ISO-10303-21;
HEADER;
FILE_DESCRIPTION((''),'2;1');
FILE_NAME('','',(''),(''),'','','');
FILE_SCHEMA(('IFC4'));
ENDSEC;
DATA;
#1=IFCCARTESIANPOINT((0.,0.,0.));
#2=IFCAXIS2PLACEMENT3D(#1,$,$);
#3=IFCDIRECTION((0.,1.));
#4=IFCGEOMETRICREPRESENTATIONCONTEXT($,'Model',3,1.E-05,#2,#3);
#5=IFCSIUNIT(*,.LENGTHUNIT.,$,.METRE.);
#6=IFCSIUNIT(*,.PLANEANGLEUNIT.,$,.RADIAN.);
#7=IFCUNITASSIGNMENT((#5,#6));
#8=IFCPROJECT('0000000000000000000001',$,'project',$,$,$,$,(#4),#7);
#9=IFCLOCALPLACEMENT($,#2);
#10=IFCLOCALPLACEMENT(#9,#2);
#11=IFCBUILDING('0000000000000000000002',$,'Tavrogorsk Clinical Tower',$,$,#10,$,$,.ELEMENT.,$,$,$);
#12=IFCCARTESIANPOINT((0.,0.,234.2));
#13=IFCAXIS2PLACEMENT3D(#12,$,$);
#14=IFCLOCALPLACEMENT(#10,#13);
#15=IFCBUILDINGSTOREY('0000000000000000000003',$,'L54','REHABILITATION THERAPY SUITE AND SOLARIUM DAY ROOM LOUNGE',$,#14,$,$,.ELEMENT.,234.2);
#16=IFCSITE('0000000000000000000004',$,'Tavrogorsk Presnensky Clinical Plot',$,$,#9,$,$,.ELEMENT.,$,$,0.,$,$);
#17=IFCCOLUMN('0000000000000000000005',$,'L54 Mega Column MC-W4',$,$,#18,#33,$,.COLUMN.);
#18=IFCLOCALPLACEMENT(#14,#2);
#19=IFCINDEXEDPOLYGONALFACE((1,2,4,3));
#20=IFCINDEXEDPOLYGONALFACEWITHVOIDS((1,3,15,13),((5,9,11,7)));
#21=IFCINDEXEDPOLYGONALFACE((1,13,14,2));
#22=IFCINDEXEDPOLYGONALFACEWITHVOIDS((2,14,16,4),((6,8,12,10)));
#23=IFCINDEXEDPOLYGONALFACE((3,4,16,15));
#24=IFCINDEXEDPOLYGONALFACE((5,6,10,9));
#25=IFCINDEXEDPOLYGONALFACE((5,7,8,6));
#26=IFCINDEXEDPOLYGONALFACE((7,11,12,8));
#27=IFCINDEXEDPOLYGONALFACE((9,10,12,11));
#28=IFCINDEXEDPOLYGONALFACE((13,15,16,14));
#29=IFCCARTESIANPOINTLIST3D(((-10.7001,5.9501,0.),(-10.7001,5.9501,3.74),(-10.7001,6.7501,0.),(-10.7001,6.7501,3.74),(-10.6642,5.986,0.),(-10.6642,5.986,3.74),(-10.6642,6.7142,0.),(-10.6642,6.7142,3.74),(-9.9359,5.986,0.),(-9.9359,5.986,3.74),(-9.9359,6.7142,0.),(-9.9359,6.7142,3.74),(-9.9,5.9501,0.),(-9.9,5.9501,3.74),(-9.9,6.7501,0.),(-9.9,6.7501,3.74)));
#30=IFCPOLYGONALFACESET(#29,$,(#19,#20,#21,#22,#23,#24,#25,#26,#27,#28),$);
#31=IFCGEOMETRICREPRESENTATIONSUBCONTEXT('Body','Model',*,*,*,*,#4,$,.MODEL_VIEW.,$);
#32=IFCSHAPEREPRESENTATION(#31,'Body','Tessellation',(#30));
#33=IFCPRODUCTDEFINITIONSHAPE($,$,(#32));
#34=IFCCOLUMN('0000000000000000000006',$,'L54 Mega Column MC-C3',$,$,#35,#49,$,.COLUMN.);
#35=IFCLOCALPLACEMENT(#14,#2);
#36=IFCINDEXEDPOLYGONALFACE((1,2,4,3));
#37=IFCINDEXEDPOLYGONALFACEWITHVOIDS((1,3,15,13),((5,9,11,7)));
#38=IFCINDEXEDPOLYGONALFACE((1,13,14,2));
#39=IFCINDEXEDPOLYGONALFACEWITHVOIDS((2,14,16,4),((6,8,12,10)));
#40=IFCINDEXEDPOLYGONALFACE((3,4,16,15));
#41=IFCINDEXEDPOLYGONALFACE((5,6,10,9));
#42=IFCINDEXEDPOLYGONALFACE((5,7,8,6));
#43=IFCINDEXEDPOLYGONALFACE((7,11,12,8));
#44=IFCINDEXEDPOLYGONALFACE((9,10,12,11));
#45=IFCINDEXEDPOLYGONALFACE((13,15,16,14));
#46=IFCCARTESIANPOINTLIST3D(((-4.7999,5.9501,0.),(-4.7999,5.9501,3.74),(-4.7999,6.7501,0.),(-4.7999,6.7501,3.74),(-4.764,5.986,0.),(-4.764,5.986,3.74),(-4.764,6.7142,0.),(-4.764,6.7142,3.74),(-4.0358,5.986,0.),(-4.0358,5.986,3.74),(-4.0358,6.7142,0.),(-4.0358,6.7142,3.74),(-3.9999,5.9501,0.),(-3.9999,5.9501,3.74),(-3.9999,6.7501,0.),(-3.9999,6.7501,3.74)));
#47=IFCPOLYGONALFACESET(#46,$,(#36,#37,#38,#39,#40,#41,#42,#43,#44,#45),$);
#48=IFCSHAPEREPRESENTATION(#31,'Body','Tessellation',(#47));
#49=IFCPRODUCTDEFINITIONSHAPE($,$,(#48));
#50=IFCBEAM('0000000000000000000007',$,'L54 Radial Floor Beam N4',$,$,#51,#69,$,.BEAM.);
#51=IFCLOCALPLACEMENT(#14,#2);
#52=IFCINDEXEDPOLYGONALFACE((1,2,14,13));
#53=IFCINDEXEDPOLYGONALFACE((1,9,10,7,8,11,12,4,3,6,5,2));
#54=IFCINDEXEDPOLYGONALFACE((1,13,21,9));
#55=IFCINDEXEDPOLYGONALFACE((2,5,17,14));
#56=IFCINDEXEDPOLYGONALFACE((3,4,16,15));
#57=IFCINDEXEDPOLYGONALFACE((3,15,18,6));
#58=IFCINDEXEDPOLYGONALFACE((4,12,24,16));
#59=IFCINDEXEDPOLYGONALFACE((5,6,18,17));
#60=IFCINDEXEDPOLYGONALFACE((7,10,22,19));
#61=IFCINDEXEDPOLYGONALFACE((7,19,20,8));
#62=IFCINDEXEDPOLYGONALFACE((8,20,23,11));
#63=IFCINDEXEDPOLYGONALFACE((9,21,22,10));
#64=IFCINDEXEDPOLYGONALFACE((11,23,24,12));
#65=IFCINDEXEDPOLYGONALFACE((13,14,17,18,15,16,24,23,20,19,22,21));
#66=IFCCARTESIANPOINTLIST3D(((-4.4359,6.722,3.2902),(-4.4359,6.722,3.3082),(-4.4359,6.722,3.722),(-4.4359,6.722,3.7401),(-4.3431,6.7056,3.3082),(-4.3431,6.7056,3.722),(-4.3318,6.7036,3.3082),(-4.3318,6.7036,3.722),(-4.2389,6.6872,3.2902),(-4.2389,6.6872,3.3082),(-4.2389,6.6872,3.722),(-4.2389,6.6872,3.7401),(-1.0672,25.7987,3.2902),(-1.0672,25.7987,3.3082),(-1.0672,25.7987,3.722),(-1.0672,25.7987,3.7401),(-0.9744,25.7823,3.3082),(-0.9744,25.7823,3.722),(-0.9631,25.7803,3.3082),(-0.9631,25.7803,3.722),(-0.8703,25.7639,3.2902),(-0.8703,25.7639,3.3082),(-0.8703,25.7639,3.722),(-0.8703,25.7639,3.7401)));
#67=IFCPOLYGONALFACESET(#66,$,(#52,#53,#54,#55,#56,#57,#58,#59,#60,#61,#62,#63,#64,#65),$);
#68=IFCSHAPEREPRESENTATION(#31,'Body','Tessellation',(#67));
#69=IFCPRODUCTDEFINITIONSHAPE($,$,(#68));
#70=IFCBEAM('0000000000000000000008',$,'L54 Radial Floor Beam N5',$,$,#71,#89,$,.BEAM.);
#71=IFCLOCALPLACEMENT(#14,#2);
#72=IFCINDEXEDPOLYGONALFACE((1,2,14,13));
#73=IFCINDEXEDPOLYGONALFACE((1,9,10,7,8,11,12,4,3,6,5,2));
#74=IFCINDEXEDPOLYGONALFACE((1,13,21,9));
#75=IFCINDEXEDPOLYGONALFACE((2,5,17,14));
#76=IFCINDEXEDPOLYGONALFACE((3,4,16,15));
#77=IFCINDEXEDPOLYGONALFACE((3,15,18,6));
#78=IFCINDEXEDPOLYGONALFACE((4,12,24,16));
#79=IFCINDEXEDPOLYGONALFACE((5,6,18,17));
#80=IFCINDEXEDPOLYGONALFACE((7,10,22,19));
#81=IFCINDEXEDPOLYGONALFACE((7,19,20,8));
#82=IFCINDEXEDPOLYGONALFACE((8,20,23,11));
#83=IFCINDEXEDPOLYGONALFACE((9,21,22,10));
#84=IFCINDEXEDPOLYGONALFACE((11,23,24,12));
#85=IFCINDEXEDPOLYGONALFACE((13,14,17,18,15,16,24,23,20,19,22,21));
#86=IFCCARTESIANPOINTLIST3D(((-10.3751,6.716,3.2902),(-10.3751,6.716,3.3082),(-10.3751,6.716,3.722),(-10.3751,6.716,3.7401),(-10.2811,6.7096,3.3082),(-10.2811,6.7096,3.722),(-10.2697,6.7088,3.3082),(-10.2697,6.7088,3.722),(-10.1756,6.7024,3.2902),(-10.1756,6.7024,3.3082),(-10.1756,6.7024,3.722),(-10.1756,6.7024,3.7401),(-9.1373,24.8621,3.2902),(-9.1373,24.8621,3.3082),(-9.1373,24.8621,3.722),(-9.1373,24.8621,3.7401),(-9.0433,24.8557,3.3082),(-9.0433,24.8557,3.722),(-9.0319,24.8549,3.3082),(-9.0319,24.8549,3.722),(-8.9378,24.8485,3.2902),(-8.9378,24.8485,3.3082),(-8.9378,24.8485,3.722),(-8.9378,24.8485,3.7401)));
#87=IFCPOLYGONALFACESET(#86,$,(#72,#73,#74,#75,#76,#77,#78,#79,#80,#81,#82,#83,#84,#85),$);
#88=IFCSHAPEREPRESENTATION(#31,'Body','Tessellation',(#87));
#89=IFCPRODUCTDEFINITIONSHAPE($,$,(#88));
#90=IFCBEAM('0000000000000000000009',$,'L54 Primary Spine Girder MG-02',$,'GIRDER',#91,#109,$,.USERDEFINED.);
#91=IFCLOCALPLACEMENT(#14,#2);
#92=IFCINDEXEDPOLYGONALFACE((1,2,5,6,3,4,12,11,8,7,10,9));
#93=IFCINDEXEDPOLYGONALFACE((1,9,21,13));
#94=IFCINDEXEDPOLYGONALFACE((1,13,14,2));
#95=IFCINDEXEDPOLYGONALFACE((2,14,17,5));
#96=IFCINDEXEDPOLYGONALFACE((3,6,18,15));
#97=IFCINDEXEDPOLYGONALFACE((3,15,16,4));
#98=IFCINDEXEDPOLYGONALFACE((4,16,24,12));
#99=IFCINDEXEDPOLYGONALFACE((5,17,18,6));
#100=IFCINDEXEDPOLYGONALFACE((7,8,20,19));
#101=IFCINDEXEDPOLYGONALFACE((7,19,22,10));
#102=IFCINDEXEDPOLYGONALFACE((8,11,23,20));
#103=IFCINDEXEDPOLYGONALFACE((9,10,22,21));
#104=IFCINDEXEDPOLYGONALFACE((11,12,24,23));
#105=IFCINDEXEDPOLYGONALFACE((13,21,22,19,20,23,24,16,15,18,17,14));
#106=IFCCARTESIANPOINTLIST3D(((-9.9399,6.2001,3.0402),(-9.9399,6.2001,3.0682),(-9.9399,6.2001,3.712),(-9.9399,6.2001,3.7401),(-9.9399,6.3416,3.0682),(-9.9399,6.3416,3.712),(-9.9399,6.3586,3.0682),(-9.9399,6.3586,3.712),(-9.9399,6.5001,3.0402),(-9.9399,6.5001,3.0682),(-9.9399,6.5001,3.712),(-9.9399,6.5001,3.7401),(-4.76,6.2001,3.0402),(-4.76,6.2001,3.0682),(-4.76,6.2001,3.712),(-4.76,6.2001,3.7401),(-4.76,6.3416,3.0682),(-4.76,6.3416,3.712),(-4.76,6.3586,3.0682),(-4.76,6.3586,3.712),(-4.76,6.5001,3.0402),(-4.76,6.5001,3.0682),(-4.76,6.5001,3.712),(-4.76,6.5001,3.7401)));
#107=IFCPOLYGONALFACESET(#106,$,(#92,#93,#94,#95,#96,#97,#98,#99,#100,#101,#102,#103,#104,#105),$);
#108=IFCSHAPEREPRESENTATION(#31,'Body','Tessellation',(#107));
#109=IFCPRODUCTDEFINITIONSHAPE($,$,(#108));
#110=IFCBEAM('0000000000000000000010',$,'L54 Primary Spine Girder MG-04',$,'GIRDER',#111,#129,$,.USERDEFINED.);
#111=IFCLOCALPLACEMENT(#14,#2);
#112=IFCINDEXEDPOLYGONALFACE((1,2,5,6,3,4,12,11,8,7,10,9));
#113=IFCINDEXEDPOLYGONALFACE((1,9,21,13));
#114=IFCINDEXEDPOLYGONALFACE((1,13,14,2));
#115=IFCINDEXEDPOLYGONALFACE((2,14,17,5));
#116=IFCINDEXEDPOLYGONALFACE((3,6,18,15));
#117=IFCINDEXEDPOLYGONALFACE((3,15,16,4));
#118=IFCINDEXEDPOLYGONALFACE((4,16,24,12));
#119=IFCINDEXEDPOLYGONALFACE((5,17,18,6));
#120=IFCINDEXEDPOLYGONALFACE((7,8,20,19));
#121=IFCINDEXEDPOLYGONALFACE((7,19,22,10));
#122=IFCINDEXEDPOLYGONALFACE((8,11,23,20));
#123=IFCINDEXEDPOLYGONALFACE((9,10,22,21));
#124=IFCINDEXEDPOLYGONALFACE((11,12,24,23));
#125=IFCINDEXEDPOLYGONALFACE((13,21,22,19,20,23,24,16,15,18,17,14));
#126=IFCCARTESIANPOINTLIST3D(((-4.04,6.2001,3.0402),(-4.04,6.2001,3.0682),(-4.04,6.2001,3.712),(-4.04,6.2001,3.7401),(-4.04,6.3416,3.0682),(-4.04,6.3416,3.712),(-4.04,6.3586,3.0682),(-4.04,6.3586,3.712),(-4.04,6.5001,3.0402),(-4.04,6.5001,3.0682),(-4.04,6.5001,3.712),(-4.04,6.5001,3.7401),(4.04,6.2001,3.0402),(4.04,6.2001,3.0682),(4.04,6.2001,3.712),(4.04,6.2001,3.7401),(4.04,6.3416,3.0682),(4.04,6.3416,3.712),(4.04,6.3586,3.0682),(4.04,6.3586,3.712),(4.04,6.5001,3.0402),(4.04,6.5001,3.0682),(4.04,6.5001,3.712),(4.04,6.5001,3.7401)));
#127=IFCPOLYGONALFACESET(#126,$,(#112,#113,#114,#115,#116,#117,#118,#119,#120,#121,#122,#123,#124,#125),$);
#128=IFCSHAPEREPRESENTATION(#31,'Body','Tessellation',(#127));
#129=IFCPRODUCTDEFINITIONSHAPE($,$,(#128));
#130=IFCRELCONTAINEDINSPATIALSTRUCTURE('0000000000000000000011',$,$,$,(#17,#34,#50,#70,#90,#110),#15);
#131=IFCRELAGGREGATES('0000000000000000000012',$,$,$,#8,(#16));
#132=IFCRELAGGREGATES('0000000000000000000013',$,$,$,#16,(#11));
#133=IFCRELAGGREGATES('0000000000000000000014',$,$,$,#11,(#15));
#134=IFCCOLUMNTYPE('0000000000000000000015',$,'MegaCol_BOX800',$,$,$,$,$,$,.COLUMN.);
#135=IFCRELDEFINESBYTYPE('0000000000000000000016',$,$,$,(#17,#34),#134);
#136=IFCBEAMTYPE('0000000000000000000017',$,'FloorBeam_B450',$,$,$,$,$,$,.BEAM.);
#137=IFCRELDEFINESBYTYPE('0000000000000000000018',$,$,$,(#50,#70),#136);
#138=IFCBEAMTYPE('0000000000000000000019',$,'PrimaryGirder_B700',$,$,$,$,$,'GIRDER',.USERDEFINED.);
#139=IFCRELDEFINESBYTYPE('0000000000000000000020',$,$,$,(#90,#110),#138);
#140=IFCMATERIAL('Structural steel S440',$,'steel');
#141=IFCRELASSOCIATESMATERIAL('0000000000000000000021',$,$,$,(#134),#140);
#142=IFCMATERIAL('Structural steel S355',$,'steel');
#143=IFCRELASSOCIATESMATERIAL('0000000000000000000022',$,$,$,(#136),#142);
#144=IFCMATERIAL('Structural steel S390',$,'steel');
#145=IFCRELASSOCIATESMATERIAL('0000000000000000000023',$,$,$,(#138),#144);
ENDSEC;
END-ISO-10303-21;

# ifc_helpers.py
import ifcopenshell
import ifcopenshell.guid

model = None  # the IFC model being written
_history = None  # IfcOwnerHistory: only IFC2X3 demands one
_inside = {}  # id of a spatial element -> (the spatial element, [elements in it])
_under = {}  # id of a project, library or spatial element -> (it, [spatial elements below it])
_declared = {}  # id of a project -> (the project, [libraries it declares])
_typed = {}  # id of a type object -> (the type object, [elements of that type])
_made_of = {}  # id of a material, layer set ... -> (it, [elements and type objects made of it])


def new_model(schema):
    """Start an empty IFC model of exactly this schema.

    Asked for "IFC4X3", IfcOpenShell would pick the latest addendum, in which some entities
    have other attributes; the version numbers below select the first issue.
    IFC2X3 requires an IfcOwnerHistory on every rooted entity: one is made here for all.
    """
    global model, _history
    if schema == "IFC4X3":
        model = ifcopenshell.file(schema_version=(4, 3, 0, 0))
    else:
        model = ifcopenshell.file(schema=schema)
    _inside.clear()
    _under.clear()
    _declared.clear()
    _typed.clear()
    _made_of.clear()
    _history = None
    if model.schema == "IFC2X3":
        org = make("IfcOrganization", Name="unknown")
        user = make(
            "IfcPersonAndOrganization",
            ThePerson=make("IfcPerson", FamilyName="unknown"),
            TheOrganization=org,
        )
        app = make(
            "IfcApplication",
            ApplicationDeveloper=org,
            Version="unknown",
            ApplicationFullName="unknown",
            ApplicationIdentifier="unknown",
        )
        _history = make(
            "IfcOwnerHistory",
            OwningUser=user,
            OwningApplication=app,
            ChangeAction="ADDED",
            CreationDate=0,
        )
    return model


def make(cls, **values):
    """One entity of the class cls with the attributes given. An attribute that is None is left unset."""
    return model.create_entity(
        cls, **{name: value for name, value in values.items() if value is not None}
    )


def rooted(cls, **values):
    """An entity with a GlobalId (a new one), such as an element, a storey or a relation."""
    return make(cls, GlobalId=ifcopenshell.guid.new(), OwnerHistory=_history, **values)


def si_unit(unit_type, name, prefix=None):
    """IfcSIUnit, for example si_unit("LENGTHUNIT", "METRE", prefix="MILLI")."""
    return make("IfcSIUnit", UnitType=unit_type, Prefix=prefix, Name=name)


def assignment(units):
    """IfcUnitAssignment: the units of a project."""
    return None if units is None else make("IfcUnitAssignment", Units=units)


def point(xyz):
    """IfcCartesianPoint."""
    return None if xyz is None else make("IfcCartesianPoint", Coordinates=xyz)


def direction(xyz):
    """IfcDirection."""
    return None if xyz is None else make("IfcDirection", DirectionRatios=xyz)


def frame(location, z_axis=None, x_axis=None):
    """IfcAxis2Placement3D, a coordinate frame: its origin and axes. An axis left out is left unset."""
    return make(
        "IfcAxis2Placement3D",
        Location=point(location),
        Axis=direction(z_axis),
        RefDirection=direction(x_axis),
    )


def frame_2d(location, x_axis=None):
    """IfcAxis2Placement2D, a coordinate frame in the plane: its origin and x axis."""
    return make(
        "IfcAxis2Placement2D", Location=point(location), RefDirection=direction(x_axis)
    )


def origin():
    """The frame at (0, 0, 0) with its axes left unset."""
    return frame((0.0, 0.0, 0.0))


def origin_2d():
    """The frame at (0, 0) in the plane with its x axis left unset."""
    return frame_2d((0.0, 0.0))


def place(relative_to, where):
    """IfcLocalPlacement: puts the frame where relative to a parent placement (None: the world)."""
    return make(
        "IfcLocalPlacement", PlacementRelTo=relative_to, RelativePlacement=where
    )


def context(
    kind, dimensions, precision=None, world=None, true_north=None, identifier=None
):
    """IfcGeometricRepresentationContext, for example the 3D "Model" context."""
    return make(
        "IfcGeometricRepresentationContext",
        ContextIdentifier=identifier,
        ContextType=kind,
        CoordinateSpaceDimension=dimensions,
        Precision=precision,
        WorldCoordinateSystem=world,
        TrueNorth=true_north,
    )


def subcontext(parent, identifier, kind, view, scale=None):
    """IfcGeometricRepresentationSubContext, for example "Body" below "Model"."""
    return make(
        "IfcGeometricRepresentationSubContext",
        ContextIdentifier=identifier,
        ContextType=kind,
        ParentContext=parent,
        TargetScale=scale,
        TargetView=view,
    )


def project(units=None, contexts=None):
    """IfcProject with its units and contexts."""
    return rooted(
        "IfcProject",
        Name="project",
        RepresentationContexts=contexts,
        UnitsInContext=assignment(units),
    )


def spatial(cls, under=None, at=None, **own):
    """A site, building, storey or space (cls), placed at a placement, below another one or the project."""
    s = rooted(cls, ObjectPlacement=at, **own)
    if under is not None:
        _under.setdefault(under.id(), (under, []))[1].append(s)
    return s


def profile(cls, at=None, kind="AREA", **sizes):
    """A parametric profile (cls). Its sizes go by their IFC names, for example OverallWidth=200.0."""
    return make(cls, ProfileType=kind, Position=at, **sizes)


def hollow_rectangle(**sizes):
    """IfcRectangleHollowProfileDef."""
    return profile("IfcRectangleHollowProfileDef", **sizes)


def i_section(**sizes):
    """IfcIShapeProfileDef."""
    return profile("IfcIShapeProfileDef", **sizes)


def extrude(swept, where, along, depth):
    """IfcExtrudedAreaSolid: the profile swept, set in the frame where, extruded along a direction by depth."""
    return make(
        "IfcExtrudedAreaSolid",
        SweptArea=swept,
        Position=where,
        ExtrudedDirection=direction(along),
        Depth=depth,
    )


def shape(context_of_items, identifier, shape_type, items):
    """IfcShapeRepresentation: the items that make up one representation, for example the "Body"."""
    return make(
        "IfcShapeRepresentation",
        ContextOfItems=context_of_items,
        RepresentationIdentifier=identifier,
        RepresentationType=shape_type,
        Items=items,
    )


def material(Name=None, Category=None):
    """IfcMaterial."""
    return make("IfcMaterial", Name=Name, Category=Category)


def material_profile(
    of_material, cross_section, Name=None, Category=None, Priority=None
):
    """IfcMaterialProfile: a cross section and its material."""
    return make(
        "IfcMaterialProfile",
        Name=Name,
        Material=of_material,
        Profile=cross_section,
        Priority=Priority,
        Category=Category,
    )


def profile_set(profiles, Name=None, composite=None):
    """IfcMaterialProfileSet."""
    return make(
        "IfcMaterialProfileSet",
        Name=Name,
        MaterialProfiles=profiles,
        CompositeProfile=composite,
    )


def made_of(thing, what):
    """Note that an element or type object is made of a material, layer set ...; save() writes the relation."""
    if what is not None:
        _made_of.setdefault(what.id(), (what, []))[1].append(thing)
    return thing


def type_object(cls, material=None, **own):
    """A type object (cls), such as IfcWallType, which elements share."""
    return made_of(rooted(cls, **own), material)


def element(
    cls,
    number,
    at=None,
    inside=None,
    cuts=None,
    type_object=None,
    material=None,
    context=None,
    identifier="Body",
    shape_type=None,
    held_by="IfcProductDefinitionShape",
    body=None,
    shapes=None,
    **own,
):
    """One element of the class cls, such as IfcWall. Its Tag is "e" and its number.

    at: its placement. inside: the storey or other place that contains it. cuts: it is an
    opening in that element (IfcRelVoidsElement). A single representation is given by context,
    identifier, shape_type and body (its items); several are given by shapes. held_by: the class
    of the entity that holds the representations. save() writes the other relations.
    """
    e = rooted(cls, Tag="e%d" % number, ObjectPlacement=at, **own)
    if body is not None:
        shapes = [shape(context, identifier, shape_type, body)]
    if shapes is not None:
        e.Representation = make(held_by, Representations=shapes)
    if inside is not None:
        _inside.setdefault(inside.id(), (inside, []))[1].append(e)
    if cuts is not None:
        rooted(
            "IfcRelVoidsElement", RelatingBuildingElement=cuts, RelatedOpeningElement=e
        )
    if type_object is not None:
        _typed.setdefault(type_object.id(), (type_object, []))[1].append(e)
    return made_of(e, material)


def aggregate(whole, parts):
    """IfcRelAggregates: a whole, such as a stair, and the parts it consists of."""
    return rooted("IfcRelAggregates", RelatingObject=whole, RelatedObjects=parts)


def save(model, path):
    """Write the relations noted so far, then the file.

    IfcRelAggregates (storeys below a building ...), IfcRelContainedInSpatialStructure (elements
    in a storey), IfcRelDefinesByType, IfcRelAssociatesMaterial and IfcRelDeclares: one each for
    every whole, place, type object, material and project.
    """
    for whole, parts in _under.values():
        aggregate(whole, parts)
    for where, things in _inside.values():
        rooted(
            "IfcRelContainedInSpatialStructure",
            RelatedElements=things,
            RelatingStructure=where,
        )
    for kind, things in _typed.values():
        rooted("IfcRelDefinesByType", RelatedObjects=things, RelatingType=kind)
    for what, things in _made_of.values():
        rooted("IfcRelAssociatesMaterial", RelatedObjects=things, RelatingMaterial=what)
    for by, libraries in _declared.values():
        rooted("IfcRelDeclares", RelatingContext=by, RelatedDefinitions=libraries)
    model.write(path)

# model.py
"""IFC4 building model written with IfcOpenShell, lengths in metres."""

from ifc_helpers import new_model, si_unit, direction, frame, origin, origin_2d, place, context, subcontext, project, spatial, hollow_rectangle, i_section, extrude, material, material_profile, profile_set, type_object, element, save


model = new_model("IFC4")

# Units and contexts
model_context = context("Model", 3, precision=1e-05, world=origin(), true_north=direction((0.0, 1.0)))
body_context = subcontext(model_context, "Body", "Model", "MODEL_VIEW")
ifc_project = project(units=[si_unit("LENGTHUNIT", "METRE"), si_unit("PLANEANGLEUNIT", "RADIAN")], contexts=[model_context])

# Site, building, storey
site_placement = place(None, origin())
site = spatial("IfcSite", under=ifc_project, at=site_placement, Name="Tavrogorsk Presnensky Clinical Plot", CompositionType="ELEMENT", RefElevation=0.0)
building_placement = place(site_placement, origin())
building = spatial("IfcBuilding", under=site, at=building_placement, Name="Tavrogorsk Clinical Tower", CompositionType="ELEMENT")
storey_placement = place(building_placement, frame((0.0, 0.0, 234.2)))
storey = spatial("IfcBuildingStorey", under=building, at=storey_placement, Name="L54", Description="REHABILITATION THERAPY SUITE AND SOLARIUM DAY ROOM LOUNGE", CompositionType="ELEMENT", Elevation=234.2)

# Columns
ifc_material_1 = material(Name="Structural steel S440", Category="steel")
ifc_material_profile_1 = material_profile(ifc_material_1, hollow_rectangle(XDim=0.8, YDim=0.8, WallThickness=0.0359, at=origin_2d()), Name="BOX-800x800x36")
ifc_profile_set_1 = profile_set([ifc_material_profile_1], Name="Structural steel S440")
column_type = type_object("IfcColumnType", Name="MegaCol_BOX800", PredefinedType="COLUMN", material=ifc_profile_set_1)
for number, where, z_axis, x_axis, name in (
    (1, (-10.3, 6.3501, 0.0), (0.0, 0.0, 1.0), (1.0, 0.0, 0.0), "L54 Mega Column MC-W4"),
    (2, (-4.3999, 6.3501, 0.0), (0.0, 0.0, 1.0), (1.0, 0.0, 0.0), "L54 Mega Column MC-C3"),
):
    element("IfcColumn", number, at=place(storey_placement, frame(where, z_axis=z_axis, x_axis=x_axis)), inside=storey, type_object=column_type, Name=name, PredefinedType="COLUMN", context=body_context, shape_type="SweptSolid", body=[
        extrude(hollow_rectangle(XDim=0.8, YDim=0.8, WallThickness=0.0359, at=origin_2d()), origin(), (0.0, 0.0, 1.0), 3.74),
    ])

# Beams
ifc_material_2 = material(Name="Structural steel S355", Category="steel")
ifc_material_profile_2 = material_profile(ifc_material_2, i_section(OverallWidth=0.2, OverallDepth=0.45, WebThickness=0.0115, FlangeThickness=0.0181, at=origin_2d()), Name="B-450x200x11.5x18")
ifc_profile_set_2 = profile_set([ifc_material_profile_2], Name="Structural steel S355")
beam_type_1 = type_object("IfcBeamType", Name="FloorBeam_B450", PredefinedType="BEAM", material=ifc_profile_set_2)
beam_1_placement = place(storey_placement, frame((-4.3374, 6.7046, 3.5151), z_axis=(0.173895, 0.984764, 0.0), x_axis=(-0.984764, 0.173895, 0.0)))
element("IfcBeam", 3, at=beam_1_placement, inside=storey, type_object=beam_type_1, Name="L54 Radial Floor Beam N4", PredefinedType="BEAM", context=body_context, shape_type="SweptSolid", body=[
    extrude(i_section(OverallWidth=0.2, OverallDepth=0.45, WebThickness=0.0115, FlangeThickness=0.0181, at=origin_2d()), origin(), (0.0, 0.0, 1.0), 19.3718),
])
beam_2_placement = place(storey_placement, frame((-10.2754, 6.7092, 3.5151), z_axis=(0.068055, 0.997682, 0.0), x_axis=(-0.997682, 0.068055, 0.0)))
element("IfcBeam", 4, at=beam_2_placement, inside=storey, type_object=beam_type_1, Name="L54 Radial Floor Beam N5", PredefinedType="BEAM", context=body_context, shape_type="SweptSolid", body=[
    extrude(i_section(OverallWidth=0.2, OverallDepth=0.45, WebThickness=0.0115, FlangeThickness=0.0181, at=origin_2d()), origin(), (0.0, 0.0, 1.0), 18.1882),
])
ifc_material_3 = material(Name="Structural steel S390", Category="steel")
ifc_material_profile_3 = material_profile(ifc_material_3, i_section(OverallWidth=0.3, OverallDepth=0.7, WebThickness=0.0171, FlangeThickness=0.0281, at=origin_2d()), Name="B-700x300x17x28")
ifc_profile_set_3 = profile_set([ifc_material_profile_3], Name="Structural steel S390")
beam_type_2 = type_object("IfcBeamType", Name="PrimaryGirder_B700", ElementType="GIRDER", PredefinedType="USERDEFINED", material=ifc_profile_set_3)
beam_3_placement = place(storey_placement, frame((-9.9399, 6.3501, 3.3901), z_axis=(1.0, 0.0, 0.0), x_axis=(0.0, 1.0, 0.0)))
element("IfcBeam", 5, at=beam_3_placement, inside=storey, type_object=beam_type_2, Name="L54 Primary Spine Girder MG-02", ObjectType="GIRDER", PredefinedType="USERDEFINED", context=body_context, shape_type="SweptSolid", body=[
    extrude(i_section(OverallWidth=0.3, OverallDepth=0.7, WebThickness=0.0171, FlangeThickness=0.0281, at=origin_2d()), origin(), (0.0, 0.0, 1.0), 5.1799),
])
beam_4_placement = place(storey_placement, frame((-4.04, 6.3501, 3.3901), z_axis=(1.0, 0.0, 0.0), x_axis=(0.0, 1.0, 0.0)))
element("IfcBeam", 6, at=beam_4_placement, inside=storey, type_object=beam_type_2, Name="L54 Primary Spine Girder MG-04", ObjectType="GIRDER", PredefinedType="USERDEFINED", context=body_context, shape_type="SweptSolid", body=[
    extrude(i_section(OverallWidth=0.3, OverallDepth=0.7, WebThickness=0.0171, FlangeThickness=0.0281, at=origin_2d()), origin(), (0.0, 0.0, 1.0), 8.0801),
])

save(model, "model.ifc")
